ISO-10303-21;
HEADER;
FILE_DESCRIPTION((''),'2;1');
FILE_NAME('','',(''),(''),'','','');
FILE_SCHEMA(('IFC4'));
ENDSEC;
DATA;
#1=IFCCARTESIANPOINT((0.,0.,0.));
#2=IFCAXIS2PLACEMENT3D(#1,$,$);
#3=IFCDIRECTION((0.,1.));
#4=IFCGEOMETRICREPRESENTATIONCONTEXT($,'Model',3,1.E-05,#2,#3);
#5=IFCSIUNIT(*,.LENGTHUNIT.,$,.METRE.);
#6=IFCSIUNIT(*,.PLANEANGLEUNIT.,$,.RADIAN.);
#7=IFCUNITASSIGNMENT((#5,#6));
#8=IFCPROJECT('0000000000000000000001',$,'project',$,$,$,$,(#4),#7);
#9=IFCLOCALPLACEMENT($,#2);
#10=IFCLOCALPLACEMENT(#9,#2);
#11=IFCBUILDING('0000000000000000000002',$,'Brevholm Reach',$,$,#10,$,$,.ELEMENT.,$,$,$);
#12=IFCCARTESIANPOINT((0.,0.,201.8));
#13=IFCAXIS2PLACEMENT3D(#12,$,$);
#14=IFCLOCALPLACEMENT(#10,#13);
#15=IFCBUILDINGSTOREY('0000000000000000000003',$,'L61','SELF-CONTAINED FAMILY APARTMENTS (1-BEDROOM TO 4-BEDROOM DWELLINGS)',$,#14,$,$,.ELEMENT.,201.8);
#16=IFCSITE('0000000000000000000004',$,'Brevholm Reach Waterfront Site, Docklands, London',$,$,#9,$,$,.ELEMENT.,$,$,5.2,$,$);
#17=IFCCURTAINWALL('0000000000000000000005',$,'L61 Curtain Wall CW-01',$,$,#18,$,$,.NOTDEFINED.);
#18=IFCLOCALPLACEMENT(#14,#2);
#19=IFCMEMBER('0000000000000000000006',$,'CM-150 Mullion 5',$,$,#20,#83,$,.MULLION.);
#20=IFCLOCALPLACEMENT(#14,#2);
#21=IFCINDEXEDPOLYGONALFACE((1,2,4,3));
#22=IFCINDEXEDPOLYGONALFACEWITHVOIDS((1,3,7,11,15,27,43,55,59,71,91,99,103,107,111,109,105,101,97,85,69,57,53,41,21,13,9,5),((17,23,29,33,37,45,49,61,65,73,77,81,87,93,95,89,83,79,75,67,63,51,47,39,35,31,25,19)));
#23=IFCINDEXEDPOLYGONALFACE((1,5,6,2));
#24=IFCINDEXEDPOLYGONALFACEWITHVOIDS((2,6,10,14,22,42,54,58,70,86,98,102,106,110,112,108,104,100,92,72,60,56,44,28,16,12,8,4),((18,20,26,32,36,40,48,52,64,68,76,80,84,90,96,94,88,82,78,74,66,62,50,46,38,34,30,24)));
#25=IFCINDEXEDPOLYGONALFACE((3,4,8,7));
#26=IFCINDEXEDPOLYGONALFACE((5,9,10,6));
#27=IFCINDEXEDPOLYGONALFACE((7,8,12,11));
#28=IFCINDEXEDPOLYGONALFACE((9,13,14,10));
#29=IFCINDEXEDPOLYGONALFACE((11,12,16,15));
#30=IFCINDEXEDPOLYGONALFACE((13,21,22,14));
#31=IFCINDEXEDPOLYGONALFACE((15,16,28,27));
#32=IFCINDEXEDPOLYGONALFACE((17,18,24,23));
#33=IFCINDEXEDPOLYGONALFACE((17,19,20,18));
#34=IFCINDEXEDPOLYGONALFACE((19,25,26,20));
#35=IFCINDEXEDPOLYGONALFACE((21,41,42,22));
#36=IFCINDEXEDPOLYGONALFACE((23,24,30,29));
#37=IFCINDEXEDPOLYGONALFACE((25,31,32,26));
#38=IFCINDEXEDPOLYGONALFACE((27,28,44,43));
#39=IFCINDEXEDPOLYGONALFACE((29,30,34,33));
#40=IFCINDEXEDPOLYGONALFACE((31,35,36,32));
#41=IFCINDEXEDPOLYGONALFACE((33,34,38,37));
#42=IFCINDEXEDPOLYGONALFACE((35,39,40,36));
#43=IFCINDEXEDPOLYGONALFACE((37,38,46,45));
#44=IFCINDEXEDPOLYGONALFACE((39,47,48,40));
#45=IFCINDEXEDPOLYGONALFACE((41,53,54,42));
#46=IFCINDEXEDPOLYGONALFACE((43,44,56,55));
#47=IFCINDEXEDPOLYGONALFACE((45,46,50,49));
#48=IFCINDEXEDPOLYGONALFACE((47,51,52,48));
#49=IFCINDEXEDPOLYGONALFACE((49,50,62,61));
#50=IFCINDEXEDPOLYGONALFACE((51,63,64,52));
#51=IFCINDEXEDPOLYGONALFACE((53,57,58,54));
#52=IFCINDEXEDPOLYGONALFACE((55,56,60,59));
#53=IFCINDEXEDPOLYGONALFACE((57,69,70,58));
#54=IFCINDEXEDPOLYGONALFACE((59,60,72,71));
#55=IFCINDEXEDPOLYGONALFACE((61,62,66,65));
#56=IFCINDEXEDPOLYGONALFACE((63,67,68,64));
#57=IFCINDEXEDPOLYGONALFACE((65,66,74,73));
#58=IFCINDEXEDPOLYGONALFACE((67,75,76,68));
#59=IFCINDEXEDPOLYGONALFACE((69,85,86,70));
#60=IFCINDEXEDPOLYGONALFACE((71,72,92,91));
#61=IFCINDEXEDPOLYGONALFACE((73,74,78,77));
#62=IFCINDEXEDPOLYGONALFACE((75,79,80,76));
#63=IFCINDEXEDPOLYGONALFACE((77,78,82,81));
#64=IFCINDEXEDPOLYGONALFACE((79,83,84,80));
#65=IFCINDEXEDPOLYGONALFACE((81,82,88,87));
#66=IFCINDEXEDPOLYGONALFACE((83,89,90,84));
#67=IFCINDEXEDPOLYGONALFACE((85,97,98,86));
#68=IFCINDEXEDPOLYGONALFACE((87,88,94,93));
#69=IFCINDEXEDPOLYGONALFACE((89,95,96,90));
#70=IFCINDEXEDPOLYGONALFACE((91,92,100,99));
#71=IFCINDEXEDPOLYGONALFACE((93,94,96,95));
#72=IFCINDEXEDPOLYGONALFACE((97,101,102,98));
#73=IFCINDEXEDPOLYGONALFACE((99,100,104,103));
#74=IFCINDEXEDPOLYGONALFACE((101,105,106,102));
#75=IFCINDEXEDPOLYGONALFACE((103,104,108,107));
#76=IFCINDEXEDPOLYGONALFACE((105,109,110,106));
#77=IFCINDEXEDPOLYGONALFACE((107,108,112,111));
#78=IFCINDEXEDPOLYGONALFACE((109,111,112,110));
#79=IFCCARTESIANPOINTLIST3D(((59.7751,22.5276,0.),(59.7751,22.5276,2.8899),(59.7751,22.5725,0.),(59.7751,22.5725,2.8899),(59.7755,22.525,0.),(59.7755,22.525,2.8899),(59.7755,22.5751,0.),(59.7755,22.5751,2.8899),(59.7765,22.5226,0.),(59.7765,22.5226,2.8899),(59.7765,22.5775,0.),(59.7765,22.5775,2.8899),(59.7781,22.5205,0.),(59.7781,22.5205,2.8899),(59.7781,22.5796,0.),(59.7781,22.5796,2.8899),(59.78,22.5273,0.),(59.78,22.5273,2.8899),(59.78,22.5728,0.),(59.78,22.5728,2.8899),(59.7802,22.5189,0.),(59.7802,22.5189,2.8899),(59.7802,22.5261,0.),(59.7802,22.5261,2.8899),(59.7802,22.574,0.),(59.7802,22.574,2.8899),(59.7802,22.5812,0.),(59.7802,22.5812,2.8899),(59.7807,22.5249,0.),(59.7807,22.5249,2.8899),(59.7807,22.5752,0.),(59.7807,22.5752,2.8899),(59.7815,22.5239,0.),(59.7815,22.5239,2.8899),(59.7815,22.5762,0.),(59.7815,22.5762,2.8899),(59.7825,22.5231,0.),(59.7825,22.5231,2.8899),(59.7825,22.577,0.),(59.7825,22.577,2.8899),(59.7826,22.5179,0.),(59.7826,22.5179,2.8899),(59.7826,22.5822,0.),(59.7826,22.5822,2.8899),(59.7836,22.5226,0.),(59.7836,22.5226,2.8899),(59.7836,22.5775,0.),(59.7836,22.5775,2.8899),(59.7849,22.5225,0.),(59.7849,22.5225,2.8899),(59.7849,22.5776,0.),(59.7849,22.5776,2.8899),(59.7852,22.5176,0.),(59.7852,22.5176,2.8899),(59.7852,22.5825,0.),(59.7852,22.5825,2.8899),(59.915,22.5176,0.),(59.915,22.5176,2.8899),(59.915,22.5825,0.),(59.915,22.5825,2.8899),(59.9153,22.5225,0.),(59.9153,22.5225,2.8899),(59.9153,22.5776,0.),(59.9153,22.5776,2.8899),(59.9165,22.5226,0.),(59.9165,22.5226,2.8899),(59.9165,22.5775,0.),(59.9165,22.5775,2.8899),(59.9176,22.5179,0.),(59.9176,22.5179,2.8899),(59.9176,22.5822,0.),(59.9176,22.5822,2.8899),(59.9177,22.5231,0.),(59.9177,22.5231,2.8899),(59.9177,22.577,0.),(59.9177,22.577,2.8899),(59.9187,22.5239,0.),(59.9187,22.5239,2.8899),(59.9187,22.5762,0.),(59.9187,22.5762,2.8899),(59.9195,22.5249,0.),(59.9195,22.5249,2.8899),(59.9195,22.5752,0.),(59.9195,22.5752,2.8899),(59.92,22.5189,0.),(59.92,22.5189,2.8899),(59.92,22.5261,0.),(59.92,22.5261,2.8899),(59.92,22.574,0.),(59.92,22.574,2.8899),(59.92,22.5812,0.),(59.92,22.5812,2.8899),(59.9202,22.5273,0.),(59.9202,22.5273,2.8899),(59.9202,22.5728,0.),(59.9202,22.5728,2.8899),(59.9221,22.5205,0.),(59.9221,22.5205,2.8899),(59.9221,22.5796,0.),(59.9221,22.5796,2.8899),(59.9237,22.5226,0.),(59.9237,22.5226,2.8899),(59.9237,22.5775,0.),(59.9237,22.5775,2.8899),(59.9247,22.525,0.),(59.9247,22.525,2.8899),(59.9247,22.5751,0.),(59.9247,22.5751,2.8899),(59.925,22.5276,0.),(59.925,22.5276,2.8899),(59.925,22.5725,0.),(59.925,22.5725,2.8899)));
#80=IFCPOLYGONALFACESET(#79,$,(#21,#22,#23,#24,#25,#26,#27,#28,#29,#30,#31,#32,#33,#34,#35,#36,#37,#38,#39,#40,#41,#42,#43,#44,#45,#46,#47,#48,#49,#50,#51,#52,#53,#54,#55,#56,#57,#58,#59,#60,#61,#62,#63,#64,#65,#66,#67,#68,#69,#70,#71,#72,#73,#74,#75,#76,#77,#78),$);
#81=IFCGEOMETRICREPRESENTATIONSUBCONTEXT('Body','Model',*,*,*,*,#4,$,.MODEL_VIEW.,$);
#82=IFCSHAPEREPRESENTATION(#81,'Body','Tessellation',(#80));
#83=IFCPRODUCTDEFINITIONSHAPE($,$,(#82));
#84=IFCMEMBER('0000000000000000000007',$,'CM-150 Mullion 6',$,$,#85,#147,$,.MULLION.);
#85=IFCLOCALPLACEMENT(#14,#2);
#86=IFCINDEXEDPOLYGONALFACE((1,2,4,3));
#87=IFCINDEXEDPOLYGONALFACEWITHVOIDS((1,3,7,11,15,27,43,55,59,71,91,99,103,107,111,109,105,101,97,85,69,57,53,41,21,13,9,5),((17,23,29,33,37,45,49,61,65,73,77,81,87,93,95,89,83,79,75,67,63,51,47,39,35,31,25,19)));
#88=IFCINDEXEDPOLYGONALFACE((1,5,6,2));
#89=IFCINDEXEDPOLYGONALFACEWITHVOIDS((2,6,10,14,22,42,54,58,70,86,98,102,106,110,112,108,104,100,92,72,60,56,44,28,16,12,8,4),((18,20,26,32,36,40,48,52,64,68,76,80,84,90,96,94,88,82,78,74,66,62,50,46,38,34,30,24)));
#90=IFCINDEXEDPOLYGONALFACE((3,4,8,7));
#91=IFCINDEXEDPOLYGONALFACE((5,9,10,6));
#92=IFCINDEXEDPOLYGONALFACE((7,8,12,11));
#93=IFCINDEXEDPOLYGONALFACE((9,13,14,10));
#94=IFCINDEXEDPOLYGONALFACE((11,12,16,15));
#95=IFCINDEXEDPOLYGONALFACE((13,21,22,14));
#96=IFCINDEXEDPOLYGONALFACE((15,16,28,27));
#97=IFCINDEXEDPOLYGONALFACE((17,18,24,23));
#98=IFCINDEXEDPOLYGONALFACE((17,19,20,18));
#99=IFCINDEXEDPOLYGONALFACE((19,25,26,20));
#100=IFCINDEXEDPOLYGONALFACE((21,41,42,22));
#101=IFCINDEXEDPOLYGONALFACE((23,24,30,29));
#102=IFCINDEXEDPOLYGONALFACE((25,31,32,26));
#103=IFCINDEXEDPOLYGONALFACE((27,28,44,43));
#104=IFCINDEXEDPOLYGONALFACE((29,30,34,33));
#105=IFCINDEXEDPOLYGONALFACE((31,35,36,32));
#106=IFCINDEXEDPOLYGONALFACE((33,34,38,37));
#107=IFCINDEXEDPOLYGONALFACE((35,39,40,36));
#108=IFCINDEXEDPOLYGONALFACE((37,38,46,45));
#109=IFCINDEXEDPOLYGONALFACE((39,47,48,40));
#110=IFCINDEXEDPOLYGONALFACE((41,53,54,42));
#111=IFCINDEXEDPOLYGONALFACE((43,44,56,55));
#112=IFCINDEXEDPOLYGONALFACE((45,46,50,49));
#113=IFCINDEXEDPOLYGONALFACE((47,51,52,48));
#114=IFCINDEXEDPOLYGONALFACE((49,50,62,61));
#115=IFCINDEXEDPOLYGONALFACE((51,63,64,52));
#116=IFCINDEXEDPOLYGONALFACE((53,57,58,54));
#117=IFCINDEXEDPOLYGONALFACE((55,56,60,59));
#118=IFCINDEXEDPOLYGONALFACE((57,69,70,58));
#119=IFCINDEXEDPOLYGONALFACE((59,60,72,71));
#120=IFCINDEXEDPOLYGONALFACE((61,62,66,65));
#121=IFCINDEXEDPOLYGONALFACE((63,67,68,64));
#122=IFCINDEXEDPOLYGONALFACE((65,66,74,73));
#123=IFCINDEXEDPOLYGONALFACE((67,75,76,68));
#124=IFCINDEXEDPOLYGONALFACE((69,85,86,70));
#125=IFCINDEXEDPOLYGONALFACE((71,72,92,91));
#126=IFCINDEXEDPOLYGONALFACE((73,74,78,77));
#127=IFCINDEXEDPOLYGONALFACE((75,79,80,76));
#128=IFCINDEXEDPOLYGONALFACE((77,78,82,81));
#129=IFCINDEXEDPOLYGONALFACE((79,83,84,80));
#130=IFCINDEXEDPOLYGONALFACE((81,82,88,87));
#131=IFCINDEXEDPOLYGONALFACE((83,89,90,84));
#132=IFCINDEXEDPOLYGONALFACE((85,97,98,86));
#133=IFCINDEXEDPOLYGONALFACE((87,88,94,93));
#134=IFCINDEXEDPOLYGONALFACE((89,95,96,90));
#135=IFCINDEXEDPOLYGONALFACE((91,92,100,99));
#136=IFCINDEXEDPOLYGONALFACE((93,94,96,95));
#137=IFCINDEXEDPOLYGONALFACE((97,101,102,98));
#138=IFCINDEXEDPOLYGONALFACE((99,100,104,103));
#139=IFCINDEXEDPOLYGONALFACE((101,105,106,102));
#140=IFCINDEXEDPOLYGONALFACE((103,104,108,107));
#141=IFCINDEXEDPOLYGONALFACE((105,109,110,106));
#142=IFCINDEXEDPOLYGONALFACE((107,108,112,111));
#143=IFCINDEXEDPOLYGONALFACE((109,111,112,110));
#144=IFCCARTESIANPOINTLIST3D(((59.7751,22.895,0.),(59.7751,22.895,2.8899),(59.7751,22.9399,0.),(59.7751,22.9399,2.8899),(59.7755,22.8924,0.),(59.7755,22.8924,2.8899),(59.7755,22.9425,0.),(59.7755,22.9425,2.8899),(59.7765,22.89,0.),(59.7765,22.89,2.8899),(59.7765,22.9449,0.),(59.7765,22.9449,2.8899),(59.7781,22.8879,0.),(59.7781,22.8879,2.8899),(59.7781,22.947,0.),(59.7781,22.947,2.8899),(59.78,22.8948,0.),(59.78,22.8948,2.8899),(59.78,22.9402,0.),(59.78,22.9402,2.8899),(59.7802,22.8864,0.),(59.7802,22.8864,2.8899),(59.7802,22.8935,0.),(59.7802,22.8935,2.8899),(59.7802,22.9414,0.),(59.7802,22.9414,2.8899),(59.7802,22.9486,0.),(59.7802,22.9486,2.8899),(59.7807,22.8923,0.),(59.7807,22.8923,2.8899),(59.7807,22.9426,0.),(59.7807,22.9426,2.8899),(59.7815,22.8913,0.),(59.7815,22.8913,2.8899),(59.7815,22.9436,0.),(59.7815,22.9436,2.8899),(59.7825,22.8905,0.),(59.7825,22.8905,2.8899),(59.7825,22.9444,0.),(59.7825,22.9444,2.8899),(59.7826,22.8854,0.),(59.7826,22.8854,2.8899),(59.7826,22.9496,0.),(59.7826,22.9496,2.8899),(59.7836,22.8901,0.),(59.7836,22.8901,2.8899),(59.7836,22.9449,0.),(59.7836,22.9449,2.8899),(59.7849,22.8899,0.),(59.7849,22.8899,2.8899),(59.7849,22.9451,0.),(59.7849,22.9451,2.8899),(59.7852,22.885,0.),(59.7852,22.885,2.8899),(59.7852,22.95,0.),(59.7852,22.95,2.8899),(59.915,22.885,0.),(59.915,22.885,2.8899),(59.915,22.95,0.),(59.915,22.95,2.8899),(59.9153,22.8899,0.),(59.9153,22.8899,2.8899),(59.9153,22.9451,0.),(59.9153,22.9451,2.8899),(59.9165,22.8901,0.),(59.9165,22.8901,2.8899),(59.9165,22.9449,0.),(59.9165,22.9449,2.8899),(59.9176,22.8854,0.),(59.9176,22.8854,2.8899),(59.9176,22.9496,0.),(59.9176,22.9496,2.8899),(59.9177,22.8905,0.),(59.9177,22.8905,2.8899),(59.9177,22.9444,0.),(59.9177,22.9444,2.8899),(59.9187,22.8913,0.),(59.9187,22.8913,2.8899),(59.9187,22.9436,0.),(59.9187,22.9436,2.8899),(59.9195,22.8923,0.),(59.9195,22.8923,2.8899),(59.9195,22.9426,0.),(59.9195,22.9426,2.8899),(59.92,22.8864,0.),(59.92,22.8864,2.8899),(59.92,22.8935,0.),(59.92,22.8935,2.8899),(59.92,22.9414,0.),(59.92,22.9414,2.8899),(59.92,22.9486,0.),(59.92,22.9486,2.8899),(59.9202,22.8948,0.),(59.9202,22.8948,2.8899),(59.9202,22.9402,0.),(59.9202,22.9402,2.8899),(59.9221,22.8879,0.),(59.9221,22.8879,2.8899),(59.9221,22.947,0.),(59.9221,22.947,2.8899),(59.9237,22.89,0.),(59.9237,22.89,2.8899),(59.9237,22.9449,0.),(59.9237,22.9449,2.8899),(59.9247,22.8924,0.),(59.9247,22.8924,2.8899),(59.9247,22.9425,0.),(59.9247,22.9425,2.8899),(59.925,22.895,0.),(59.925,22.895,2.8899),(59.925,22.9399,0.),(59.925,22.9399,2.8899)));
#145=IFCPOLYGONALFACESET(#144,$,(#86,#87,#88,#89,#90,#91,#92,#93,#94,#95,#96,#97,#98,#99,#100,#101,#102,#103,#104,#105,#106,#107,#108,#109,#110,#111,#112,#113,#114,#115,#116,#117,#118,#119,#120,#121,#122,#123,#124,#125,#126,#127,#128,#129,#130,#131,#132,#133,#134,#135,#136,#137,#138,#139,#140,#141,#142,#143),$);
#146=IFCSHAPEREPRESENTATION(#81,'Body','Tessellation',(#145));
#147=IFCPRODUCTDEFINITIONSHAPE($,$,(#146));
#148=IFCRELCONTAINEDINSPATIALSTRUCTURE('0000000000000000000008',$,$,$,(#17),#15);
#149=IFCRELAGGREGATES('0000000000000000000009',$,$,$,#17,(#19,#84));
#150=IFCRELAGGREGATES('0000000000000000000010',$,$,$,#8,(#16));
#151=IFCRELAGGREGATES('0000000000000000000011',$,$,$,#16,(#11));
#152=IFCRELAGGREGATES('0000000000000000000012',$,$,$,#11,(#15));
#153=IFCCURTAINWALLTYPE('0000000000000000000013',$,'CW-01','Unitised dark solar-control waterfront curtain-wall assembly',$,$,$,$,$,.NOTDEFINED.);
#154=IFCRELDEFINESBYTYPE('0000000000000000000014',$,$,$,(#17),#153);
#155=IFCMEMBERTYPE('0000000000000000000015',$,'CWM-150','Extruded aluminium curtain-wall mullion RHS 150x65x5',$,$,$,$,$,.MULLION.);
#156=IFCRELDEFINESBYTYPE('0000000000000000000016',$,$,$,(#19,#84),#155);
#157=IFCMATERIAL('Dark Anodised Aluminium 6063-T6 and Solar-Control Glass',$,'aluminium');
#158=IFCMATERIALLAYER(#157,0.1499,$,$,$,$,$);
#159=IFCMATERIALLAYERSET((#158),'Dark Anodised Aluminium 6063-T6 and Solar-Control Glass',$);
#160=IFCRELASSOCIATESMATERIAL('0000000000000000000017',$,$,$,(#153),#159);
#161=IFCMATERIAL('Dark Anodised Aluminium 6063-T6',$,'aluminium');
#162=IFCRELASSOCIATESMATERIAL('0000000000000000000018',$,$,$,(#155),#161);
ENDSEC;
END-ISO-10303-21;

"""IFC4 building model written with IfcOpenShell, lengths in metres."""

from ifc_helpers import new_model, si_unit, direction, frame, origin, origin_2d, place, context, subcontext, project, spatial, hollow_rectangle, extrude, material, layer, layer_set, material_profile, profile_set, type_object, element, aggregate, save


model = new_model("IFC4")

# Units and contexts
model_context = context("Model", 3, precision=1e-05, world=origin(), true_north=direction((0.0, 1.0)))
body_context = subcontext(model_context, "Body", "Model", "MODEL_VIEW")
ifc_project = project(units=[si_unit("LENGTHUNIT", "METRE"), si_unit("PLANEANGLEUNIT", "RADIAN")], contexts=[model_context])

# Site, building, storey
site_placement = place(None, origin())
site = spatial("IfcSite", under=ifc_project, at=site_placement, Name="Brevholm Reach Waterfront Site, Docklands, London", CompositionType="ELEMENT", RefElevation=5.2)
building_placement = place(site_placement, origin())
building = spatial("IfcBuilding", under=site, at=building_placement, Name="Brevholm Reach", CompositionType="ELEMENT")
storey_placement = place(building_placement, frame((0.0, 0.0, 201.8)))
storey = spatial("IfcBuildingStorey", under=building, at=storey_placement, Name="L61", Description="SELF-CONTAINED FAMILY APARTMENTS (1-BEDROOM TO 4-BEDROOM DWELLINGS)", CompositionType="ELEMENT", Elevation=201.8)

# Curtain wall, members
ifc_material_1 = material(Name="Dark Anodised Aluminium 6063-T6 and Solar-Control Glass", Category="aluminium")
ifc_layer_1 = layer(ifc_material_1, 0.1499)
ifc_layer_set_1 = layer_set([ifc_layer_1], Name="Dark Anodised Aluminium 6063-T6 and Solar-Control Glass")
curtain_wall_type = type_object("IfcCurtainWallType", Name="CW-01", Description="Unitised dark solar-control waterfront curtain-wall assembly", PredefinedType="NOTDEFINED", material=ifc_layer_set_1)
curtain_wall_placement = place(storey_placement, origin())
curtain_wall = element("IfcCurtainWall", 1, at=curtain_wall_placement, inside=storey, type_object=curtain_wall_type, Name="L61 Curtain Wall CW-01", PredefinedType="NOTDEFINED")
ifc_material_2 = material(Name="Dark Anodised Aluminium 6063-T6", Category="aluminium")
ifc_material_profile_1 = material_profile(ifc_material_2, hollow_rectangle(XDim=0.0649, YDim=0.1499, WallThickness=0.0049, InnerFilletRadius=0.0049, OuterFilletRadius=0.01, at=origin_2d()), Name="RHS 150x65x5")
ifc_profile_set_1 = profile_set([ifc_material_profile_1], Name="Dark Anodised Aluminium 6063-T6")
member_type_1 = type_object("IfcMemberType", Name="CWM-150", Description="Extruded aluminium curtain-wall mullion RHS 150x65x5", PredefinedType="MULLION", material=ifc_profile_set_1)
member_1_placement = place(storey_placement, frame((59.8501, 22.55, 0.0), z_axis=(0.0, 0.0, 1.0), x_axis=(0.0, 1.0, 0.0)))
member_1 = element("IfcMember", 2, at=member_1_placement, type_object=member_type_1, Name="CM-150 Mullion 5", PredefinedType="MULLION", context=body_context, shape_type="SweptSolid", body=[
    extrude(hollow_rectangle(XDim=0.0649, YDim=0.1499, WallThickness=0.0049, InnerFilletRadius=0.0049, OuterFilletRadius=0.01, at=origin_2d()), origin(), (0.0, 0.0, 1.0), 2.8899),
])
member_2_placement = place(storey_placement, frame((59.8501, 22.9175, 0.0), z_axis=(0.0, 0.0, 1.0), x_axis=(0.0, 1.0, 0.0)))
member_2 = element("IfcMember", 3, at=member_2_placement, type_object=member_type_1, Name="CM-150 Mullion 6", PredefinedType="MULLION", context=body_context, shape_type="SweptSolid", body=[
    extrude(hollow_rectangle(XDim=0.0649, YDim=0.1499, WallThickness=0.0049, InnerFilletRadius=0.0049, OuterFilletRadius=0.01, at=origin_2d()), origin(), (0.0, 0.0, 1.0), 2.8899),
])
aggregate(curtain_wall, [member_1, member_2])

save(model, "model.ifc")
